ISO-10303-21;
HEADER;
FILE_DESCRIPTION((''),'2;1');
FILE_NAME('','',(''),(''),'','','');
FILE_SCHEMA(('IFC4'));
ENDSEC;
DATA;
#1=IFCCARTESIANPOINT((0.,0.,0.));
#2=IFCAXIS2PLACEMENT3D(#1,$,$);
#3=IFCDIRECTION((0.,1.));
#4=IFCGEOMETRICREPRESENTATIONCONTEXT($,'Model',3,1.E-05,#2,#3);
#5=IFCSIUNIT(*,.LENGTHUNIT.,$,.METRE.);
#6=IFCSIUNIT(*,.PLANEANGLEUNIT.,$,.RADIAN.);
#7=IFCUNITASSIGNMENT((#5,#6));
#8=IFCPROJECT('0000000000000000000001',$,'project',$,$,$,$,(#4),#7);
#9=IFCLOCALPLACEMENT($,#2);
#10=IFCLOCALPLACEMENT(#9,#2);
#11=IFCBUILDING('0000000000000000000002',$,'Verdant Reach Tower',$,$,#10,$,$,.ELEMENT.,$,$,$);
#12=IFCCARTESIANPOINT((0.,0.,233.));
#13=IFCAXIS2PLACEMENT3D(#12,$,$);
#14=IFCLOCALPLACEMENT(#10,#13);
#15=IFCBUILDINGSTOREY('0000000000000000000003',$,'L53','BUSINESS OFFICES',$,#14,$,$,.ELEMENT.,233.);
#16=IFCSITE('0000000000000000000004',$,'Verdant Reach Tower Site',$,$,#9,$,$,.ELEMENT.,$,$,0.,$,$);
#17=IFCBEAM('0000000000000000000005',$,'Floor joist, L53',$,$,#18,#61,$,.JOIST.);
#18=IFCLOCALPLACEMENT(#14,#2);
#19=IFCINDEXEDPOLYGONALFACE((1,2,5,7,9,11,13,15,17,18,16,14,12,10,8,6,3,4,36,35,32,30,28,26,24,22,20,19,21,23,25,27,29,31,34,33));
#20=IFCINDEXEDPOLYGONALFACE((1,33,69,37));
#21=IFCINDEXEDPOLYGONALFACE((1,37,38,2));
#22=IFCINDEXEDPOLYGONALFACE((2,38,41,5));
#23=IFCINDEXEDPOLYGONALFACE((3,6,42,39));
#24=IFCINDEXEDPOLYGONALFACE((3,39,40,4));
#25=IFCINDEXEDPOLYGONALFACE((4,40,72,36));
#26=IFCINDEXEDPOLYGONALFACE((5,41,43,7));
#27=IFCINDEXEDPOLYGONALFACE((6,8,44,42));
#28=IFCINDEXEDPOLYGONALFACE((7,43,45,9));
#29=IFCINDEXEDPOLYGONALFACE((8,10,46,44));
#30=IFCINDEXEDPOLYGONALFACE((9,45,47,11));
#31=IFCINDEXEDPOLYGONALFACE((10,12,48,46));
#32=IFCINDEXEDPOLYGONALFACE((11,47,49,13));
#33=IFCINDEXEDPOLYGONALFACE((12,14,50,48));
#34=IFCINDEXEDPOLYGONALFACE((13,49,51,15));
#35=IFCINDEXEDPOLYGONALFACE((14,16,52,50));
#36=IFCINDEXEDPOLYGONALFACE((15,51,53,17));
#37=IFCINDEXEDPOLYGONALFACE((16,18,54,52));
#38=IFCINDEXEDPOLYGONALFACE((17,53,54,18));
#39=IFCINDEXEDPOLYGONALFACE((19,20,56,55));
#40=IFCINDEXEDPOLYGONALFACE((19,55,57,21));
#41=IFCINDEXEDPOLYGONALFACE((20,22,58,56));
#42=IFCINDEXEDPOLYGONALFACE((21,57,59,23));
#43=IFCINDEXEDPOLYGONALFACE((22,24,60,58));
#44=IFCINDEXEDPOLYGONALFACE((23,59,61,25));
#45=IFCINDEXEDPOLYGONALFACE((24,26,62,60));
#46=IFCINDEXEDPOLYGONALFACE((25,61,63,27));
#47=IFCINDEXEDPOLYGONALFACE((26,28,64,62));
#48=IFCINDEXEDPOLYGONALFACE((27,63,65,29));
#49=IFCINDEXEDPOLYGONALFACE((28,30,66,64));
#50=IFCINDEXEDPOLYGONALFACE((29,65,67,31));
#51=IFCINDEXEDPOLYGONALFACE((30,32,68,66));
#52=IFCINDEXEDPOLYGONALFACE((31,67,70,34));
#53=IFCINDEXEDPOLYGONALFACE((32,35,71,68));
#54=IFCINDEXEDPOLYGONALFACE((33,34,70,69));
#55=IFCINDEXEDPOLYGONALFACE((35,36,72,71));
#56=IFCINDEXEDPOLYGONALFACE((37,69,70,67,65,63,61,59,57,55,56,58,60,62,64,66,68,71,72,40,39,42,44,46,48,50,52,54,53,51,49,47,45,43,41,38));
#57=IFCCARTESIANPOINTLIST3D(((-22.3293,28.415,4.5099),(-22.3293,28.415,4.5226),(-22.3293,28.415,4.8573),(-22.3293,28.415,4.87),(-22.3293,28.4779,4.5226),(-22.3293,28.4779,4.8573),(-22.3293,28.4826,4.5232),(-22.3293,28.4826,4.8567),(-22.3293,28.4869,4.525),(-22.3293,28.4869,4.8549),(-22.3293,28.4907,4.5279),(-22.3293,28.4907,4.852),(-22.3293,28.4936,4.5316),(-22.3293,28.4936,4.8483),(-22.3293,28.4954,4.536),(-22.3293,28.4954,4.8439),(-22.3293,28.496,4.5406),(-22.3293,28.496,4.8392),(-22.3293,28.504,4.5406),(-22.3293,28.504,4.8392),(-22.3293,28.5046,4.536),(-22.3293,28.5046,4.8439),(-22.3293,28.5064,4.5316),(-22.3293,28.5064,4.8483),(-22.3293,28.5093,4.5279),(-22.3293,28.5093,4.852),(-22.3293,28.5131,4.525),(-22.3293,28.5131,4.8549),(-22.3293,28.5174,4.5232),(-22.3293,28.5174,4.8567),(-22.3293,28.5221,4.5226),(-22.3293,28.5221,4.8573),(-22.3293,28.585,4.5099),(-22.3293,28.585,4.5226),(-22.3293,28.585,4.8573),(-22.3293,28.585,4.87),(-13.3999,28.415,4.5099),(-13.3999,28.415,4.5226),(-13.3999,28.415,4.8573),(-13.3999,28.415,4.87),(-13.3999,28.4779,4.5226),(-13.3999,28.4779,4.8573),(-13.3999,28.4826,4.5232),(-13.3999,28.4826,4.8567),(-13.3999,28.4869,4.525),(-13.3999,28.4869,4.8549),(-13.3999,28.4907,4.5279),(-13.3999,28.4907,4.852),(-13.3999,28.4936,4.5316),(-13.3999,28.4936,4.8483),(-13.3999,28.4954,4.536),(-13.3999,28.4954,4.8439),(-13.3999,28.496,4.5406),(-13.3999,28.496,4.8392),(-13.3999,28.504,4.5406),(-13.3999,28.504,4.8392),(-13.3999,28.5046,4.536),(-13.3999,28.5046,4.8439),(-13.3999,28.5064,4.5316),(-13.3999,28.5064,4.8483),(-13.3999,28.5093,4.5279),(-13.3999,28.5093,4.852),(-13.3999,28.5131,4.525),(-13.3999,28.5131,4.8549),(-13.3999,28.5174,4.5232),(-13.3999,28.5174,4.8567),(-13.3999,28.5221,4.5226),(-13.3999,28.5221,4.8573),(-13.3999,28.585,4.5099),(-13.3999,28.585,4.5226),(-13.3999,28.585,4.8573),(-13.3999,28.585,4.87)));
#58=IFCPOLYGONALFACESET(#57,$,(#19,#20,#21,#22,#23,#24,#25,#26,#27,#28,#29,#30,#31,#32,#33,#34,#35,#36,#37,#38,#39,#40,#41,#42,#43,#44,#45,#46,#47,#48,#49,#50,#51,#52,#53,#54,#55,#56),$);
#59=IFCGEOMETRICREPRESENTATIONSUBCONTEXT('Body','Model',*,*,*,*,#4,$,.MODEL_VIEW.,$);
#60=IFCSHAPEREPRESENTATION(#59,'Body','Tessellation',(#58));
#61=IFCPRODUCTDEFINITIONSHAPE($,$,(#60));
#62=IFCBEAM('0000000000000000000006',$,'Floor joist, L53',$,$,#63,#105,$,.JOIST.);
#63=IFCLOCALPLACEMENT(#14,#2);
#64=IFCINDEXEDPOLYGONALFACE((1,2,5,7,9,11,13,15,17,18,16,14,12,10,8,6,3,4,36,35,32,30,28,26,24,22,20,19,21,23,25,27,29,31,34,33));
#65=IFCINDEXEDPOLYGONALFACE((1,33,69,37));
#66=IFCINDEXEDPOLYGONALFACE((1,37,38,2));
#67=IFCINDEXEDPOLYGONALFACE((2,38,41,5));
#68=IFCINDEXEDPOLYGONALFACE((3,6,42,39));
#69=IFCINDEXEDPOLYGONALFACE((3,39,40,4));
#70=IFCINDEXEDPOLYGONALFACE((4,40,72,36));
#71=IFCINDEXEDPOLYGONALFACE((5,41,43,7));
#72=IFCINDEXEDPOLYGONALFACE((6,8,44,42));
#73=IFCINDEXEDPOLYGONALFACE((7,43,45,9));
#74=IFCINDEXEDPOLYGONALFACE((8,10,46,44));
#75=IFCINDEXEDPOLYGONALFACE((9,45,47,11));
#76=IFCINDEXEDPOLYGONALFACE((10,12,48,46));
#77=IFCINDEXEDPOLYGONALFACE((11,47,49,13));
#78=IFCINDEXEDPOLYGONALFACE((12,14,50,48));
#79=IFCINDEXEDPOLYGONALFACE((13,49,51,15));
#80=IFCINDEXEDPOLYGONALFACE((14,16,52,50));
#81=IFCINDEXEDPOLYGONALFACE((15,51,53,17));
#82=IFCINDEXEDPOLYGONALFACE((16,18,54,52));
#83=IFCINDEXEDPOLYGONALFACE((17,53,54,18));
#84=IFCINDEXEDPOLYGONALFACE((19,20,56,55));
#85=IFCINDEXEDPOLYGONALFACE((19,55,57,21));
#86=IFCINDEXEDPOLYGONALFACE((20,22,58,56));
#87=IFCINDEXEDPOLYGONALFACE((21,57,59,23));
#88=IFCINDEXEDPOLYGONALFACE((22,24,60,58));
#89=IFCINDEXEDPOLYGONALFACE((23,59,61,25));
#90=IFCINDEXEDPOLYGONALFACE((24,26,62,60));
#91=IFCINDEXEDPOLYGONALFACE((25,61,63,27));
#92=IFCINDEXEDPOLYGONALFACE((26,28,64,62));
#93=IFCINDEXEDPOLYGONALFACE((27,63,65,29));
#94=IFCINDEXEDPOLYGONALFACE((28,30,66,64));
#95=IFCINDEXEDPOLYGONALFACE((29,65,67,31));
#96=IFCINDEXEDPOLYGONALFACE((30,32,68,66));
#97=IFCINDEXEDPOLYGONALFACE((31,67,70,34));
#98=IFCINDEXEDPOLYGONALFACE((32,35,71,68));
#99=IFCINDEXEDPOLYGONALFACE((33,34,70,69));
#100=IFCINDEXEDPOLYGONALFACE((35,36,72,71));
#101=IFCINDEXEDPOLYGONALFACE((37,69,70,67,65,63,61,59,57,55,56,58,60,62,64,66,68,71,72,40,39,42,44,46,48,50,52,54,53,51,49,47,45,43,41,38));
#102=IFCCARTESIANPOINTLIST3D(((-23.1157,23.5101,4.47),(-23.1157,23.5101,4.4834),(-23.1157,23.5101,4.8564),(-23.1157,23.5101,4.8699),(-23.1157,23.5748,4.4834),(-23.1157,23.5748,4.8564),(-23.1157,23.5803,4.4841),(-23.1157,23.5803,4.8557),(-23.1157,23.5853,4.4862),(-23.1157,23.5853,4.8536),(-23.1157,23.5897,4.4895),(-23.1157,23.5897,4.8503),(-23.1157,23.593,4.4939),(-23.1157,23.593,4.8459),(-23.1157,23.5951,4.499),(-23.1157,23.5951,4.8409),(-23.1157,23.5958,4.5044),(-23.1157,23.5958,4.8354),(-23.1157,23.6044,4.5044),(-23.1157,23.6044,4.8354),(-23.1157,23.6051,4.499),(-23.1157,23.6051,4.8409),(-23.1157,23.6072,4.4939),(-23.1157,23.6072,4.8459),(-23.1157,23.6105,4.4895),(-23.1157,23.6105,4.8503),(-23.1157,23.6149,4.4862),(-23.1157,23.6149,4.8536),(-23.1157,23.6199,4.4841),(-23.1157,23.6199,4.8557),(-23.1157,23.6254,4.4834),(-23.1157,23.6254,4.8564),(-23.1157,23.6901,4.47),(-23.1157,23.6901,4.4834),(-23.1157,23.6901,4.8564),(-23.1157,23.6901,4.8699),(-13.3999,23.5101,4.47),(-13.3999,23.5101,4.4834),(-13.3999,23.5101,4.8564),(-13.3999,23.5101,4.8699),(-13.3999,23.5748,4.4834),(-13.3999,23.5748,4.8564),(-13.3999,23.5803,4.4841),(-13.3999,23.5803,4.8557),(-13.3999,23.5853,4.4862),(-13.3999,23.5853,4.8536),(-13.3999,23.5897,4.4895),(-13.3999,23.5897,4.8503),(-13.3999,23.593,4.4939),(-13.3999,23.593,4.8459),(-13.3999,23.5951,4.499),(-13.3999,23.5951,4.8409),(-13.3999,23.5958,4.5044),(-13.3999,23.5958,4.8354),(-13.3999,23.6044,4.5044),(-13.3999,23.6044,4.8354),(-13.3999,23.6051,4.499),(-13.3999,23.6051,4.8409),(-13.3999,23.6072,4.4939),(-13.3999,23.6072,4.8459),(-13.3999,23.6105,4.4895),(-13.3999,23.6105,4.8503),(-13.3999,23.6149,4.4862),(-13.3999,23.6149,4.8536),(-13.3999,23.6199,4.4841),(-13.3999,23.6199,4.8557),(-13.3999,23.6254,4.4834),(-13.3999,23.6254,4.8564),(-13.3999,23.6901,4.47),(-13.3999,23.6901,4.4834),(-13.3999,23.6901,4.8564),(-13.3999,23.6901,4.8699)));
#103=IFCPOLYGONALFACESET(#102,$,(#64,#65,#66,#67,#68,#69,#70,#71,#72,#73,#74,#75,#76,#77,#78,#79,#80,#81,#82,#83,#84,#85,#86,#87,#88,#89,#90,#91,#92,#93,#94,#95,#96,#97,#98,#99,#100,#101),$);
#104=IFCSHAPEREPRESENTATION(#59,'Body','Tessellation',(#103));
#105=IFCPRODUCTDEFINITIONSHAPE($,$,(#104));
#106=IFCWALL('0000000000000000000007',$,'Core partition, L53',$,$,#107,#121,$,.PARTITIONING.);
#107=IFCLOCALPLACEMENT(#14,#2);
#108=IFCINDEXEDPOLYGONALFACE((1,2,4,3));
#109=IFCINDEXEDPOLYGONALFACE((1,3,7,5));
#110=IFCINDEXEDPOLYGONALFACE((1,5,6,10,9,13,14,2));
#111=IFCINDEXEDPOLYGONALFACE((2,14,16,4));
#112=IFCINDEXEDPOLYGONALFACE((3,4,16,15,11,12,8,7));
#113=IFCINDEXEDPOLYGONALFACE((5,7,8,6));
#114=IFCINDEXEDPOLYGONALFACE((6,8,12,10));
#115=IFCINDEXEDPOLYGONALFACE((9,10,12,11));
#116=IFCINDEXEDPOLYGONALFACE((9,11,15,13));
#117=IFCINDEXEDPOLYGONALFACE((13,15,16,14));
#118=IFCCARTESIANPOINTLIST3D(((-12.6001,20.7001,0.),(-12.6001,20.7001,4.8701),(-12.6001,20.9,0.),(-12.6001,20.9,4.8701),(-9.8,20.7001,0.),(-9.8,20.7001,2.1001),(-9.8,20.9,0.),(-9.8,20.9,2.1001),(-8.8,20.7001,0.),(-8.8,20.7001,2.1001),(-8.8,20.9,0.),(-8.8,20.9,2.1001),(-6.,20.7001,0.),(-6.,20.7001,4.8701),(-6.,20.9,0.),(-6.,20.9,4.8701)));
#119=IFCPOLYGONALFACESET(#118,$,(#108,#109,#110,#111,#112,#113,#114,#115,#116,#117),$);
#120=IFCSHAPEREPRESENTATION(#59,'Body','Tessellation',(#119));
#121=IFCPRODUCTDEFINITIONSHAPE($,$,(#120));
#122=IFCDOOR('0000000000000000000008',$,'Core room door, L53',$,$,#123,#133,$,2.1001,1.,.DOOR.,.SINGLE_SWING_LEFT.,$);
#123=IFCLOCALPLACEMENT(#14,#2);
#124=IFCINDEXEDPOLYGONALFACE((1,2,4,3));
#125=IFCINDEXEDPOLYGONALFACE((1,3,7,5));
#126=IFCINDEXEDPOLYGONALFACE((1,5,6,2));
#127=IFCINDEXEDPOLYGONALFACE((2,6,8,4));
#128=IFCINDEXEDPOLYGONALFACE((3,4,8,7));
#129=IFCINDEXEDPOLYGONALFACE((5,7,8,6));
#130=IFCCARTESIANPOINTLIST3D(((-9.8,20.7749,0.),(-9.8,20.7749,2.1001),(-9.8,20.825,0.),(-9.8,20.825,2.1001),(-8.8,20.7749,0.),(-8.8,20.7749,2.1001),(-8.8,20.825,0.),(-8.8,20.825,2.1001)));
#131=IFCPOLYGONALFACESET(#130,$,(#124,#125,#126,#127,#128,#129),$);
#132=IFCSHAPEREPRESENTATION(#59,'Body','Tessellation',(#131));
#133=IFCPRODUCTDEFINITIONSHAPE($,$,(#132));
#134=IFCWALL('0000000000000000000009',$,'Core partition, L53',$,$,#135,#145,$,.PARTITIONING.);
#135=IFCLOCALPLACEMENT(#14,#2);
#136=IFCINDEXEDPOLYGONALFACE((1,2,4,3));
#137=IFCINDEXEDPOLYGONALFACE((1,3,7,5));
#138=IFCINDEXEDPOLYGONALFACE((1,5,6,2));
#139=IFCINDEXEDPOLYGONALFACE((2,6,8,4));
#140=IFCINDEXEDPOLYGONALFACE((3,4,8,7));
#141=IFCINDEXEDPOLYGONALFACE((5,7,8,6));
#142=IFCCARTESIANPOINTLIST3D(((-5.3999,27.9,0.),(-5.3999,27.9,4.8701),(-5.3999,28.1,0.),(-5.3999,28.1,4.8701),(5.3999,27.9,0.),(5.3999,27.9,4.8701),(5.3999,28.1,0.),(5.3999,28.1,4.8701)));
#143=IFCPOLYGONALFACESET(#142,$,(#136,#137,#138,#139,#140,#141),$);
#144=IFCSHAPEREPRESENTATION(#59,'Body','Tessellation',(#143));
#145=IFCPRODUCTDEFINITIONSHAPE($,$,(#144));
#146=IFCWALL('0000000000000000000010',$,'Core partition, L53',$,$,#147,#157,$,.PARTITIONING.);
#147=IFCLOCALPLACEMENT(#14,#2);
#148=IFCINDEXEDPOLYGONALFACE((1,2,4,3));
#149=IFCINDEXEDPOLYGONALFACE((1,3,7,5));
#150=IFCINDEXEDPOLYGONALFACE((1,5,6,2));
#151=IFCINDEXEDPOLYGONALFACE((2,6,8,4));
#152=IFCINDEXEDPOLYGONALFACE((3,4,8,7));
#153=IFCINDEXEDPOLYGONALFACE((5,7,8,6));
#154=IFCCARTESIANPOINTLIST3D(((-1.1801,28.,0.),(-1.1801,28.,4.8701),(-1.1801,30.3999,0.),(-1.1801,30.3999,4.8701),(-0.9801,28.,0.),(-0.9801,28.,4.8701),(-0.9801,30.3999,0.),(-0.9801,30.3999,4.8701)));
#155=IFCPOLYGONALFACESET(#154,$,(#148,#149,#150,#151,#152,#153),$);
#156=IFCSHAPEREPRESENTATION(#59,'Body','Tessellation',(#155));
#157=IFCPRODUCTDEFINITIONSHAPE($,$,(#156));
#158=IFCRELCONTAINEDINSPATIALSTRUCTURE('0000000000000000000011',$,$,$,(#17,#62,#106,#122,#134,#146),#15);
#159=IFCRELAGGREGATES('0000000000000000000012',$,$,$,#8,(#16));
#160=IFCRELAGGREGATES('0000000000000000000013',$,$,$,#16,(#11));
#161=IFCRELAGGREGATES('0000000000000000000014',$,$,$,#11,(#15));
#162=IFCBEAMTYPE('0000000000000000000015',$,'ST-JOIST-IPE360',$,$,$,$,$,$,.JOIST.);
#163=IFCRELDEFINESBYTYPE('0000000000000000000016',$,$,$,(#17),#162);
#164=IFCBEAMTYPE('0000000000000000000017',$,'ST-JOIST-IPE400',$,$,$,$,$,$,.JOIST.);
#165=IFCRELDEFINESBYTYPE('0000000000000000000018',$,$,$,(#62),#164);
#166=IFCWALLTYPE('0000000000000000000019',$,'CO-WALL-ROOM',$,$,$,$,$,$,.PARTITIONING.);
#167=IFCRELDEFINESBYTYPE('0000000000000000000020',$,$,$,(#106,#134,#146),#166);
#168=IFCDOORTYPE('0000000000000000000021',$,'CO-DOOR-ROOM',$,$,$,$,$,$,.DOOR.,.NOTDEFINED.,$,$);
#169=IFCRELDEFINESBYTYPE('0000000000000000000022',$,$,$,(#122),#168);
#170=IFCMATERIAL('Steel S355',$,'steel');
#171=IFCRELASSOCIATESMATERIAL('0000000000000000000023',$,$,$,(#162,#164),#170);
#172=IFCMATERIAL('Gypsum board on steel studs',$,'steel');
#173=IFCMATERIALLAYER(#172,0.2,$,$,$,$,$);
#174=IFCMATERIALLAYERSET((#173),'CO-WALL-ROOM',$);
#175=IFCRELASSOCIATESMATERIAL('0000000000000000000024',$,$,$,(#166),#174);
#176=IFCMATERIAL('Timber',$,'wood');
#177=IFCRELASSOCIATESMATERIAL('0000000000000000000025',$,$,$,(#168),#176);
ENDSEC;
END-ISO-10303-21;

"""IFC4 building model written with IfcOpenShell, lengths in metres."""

from ifc_helpers import new_model, si_unit, direction, frame, frame_2d, origin, origin_2d, place, context, subcontext, project, spatial, rectangle, i_section, extrude, material, layer, layer_set, material_profile, profile_set, type_object, element, fill, save


model = new_model("IFC4")

# Units and contexts
model_context = context("Model", 3, precision=1e-05, world=origin(), true_north=direction((0.0, 1.0)))
body_context = subcontext(model_context, "Body", "Model", "MODEL_VIEW")
ifc_project = project(units=[si_unit("LENGTHUNIT", "METRE"), si_unit("PLANEANGLEUNIT", "RADIAN")], contexts=[model_context])

# Site, building, storey
site_placement = place(None, origin())
site = spatial("IfcSite", under=ifc_project, at=site_placement, Name="Verdant Reach Tower Site", CompositionType="ELEMENT", RefElevation=0.0)
building_placement = place(site_placement, origin())
building = spatial("IfcBuilding", under=site, at=building_placement, Name="Verdant Reach Tower", CompositionType="ELEMENT")
storey_placement = place(building_placement, frame((0.0, 0.0, 233.0)))
storey = spatial("IfcBuildingStorey", under=building, at=storey_placement, Name="L53", Description="BUSINESS OFFICES", CompositionType="ELEMENT", Elevation=233.0)

# Beams
ifc_material_1 = material(Name="Steel S355", Category="steel")
ifc_material_profile_1 = material_profile(ifc_material_1, i_section(OverallWidth=0.1699, OverallDepth=0.3601, WebThickness=0.0081, FlangeThickness=0.0127, FilletRadius=0.0181, at=origin_2d()), Name="IPE 360")
ifc_profile_set_1 = profile_set([ifc_material_profile_1], Name="Steel S355")
beam_type_1 = type_object("IfcBeamType", Name="ST-JOIST-IPE360", PredefinedType="JOIST", material=ifc_profile_set_1)
beam_1_placement = place(storey_placement, frame((-13.3999, 28.5, 4.6899), z_axis=(-1.0, 0.0, 0.0), x_axis=(0.0, -1.0, 0.0)))
element("IfcBeam", 1, at=beam_1_placement, inside=storey, type_object=beam_type_1, Name="Floor joist, L53", PredefinedType="JOIST", context=body_context, shape_type="SweptSolid", body=[
    extrude(i_section(OverallWidth=0.1699, OverallDepth=0.3601, WebThickness=0.0081, FlangeThickness=0.0127, FilletRadius=0.0181, at=origin_2d()), origin(), (0.0, 0.0, 1.0), 8.9294),
])
ifc_material_profile_2 = material_profile(ifc_material_1, i_section(OverallWidth=0.1799, OverallDepth=0.3999, WebThickness=0.0085, FlangeThickness=0.0134, FilletRadius=0.021, at=origin_2d()), Name="IPE 400")
ifc_profile_set_2 = profile_set([ifc_material_profile_2], Name="Steel S355")
beam_type_2 = type_object("IfcBeamType", Name="ST-JOIST-IPE400", PredefinedType="JOIST", material=ifc_profile_set_2)
beam_2_placement = place(storey_placement, frame((-13.3999, 23.6001, 4.6699), z_axis=(-1.0, 0.0, 0.0), x_axis=(0.0, -1.0, 0.0)))
element("IfcBeam", 2, at=beam_2_placement, inside=storey, type_object=beam_type_2, Name="Floor joist, L53", PredefinedType="JOIST", context=body_context, shape_type="SweptSolid", body=[
    extrude(i_section(OverallWidth=0.1799, OverallDepth=0.3999, WebThickness=0.0085, FlangeThickness=0.0134, FilletRadius=0.021, at=origin_2d()), origin(), (0.0, 0.0, 1.0), 9.7158),
])

# Wall, opening, door
ifc_material_2 = material(Name="Gypsum board on steel studs", Category="steel")
ifc_layer_1 = layer(ifc_material_2, 0.2)
ifc_layer_set_1 = layer_set([ifc_layer_1], Name="CO-WALL-ROOM")
wall_type_1 = type_object("IfcWallType", Name="CO-WALL-ROOM", PredefinedType="PARTITIONING", material=ifc_layer_set_1)
wall_1_placement = place(storey_placement, frame((-12.6001, 20.8, 0.0), z_axis=(0.0, 0.0, 1.0), x_axis=(1.0, 0.0, 0.0)))
wall_1 = element("IfcWall", 3, at=wall_1_placement, inside=storey, type_object=wall_type_1, Name="Core partition, L53", PredefinedType="PARTITIONING", context=body_context, shape_type="SweptSolid", body=[
    extrude(rectangle(XDim=6.6001, YDim=0.2, at=frame_2d((3.3, 0.0))), origin(), (0.0, 0.0, 1.0), 4.8701),
])
opening_1_placement = place(wall_1_placement, frame((2.8, 0.0, 0.0)))
opening_1 = element("IfcOpeningElement", 4, at=opening_1_placement, cuts=wall_1, PredefinedType="OPENING", context=body_context, shape_type="SweptSolid", body=[
    extrude(rectangle(XDim=1.0, YDim=2.1001, at=frame_2d((0.5, 1.05))), frame((0.0, 0.1099, 0.0), z_axis=(0.0, -1.0, 0.0), x_axis=(1.0, 0.0, 0.0)), (0.0, 0.0, 1.0), 0.22),
])
ifc_material_3 = material(Name="Timber", Category="wood")
door_type_1 = type_object("IfcDoorType", Name="CO-DOOR-ROOM", OperationType="NOTDEFINED", PredefinedType="DOOR", material=ifc_material_3)
door_1_placement = place(opening_1_placement, origin())
door_1 = element("IfcDoor", 5, at=door_1_placement, inside=storey, type_object=door_type_1, Name="Core room door, L53", OperationType="SINGLE_SWING_LEFT", OverallHeight=2.1001, OverallWidth=1.0, PredefinedType="DOOR", context=body_context, shape_type="SweptSolid", body=[
    extrude(rectangle(XDim=1.0, YDim=2.1001, at=frame_2d((0.5, 1.05))), frame((0.0, 0.0249, 0.0), z_axis=(0.0, -1.0, 0.0), x_axis=(1.0, 0.0, 0.0)), (0.0, 0.0, 1.0), 0.05),
])
fill(opening_1, door_1)

# Walls
wall_2_placement = place(storey_placement, frame((-5.3999, 28.0, 0.0), z_axis=(0.0, 0.0, 1.0), x_axis=(1.0, 0.0, 0.0)))
element("IfcWall", 6, at=wall_2_placement, inside=storey, type_object=wall_type_1, Name="Core partition, L53", PredefinedType="PARTITIONING", context=body_context, shape_type="SweptSolid", body=[
    extrude(rectangle(XDim=10.7998, YDim=0.2, at=frame_2d((5.3999, 0.0))), origin(), (0.0, 0.0, 1.0), 4.8701),
])
wall_3_placement = place(storey_placement, frame((-1.0801, 28.0, 0.0), z_axis=(0.0, 0.0, 1.0), x_axis=(0.0, 1.0, 0.0)))
element("IfcWall", 7, at=wall_3_placement, inside=storey, type_object=wall_type_1, Name="Core partition, L53", PredefinedType="PARTITIONING", context=body_context, shape_type="SweptSolid", body=[
    extrude(rectangle(XDim=2.3999, YDim=0.2, at=frame_2d((1.2, 0.0))), origin(), (0.0, 0.0, 1.0), 4.8701),
])

save(model, "model.ifc")
